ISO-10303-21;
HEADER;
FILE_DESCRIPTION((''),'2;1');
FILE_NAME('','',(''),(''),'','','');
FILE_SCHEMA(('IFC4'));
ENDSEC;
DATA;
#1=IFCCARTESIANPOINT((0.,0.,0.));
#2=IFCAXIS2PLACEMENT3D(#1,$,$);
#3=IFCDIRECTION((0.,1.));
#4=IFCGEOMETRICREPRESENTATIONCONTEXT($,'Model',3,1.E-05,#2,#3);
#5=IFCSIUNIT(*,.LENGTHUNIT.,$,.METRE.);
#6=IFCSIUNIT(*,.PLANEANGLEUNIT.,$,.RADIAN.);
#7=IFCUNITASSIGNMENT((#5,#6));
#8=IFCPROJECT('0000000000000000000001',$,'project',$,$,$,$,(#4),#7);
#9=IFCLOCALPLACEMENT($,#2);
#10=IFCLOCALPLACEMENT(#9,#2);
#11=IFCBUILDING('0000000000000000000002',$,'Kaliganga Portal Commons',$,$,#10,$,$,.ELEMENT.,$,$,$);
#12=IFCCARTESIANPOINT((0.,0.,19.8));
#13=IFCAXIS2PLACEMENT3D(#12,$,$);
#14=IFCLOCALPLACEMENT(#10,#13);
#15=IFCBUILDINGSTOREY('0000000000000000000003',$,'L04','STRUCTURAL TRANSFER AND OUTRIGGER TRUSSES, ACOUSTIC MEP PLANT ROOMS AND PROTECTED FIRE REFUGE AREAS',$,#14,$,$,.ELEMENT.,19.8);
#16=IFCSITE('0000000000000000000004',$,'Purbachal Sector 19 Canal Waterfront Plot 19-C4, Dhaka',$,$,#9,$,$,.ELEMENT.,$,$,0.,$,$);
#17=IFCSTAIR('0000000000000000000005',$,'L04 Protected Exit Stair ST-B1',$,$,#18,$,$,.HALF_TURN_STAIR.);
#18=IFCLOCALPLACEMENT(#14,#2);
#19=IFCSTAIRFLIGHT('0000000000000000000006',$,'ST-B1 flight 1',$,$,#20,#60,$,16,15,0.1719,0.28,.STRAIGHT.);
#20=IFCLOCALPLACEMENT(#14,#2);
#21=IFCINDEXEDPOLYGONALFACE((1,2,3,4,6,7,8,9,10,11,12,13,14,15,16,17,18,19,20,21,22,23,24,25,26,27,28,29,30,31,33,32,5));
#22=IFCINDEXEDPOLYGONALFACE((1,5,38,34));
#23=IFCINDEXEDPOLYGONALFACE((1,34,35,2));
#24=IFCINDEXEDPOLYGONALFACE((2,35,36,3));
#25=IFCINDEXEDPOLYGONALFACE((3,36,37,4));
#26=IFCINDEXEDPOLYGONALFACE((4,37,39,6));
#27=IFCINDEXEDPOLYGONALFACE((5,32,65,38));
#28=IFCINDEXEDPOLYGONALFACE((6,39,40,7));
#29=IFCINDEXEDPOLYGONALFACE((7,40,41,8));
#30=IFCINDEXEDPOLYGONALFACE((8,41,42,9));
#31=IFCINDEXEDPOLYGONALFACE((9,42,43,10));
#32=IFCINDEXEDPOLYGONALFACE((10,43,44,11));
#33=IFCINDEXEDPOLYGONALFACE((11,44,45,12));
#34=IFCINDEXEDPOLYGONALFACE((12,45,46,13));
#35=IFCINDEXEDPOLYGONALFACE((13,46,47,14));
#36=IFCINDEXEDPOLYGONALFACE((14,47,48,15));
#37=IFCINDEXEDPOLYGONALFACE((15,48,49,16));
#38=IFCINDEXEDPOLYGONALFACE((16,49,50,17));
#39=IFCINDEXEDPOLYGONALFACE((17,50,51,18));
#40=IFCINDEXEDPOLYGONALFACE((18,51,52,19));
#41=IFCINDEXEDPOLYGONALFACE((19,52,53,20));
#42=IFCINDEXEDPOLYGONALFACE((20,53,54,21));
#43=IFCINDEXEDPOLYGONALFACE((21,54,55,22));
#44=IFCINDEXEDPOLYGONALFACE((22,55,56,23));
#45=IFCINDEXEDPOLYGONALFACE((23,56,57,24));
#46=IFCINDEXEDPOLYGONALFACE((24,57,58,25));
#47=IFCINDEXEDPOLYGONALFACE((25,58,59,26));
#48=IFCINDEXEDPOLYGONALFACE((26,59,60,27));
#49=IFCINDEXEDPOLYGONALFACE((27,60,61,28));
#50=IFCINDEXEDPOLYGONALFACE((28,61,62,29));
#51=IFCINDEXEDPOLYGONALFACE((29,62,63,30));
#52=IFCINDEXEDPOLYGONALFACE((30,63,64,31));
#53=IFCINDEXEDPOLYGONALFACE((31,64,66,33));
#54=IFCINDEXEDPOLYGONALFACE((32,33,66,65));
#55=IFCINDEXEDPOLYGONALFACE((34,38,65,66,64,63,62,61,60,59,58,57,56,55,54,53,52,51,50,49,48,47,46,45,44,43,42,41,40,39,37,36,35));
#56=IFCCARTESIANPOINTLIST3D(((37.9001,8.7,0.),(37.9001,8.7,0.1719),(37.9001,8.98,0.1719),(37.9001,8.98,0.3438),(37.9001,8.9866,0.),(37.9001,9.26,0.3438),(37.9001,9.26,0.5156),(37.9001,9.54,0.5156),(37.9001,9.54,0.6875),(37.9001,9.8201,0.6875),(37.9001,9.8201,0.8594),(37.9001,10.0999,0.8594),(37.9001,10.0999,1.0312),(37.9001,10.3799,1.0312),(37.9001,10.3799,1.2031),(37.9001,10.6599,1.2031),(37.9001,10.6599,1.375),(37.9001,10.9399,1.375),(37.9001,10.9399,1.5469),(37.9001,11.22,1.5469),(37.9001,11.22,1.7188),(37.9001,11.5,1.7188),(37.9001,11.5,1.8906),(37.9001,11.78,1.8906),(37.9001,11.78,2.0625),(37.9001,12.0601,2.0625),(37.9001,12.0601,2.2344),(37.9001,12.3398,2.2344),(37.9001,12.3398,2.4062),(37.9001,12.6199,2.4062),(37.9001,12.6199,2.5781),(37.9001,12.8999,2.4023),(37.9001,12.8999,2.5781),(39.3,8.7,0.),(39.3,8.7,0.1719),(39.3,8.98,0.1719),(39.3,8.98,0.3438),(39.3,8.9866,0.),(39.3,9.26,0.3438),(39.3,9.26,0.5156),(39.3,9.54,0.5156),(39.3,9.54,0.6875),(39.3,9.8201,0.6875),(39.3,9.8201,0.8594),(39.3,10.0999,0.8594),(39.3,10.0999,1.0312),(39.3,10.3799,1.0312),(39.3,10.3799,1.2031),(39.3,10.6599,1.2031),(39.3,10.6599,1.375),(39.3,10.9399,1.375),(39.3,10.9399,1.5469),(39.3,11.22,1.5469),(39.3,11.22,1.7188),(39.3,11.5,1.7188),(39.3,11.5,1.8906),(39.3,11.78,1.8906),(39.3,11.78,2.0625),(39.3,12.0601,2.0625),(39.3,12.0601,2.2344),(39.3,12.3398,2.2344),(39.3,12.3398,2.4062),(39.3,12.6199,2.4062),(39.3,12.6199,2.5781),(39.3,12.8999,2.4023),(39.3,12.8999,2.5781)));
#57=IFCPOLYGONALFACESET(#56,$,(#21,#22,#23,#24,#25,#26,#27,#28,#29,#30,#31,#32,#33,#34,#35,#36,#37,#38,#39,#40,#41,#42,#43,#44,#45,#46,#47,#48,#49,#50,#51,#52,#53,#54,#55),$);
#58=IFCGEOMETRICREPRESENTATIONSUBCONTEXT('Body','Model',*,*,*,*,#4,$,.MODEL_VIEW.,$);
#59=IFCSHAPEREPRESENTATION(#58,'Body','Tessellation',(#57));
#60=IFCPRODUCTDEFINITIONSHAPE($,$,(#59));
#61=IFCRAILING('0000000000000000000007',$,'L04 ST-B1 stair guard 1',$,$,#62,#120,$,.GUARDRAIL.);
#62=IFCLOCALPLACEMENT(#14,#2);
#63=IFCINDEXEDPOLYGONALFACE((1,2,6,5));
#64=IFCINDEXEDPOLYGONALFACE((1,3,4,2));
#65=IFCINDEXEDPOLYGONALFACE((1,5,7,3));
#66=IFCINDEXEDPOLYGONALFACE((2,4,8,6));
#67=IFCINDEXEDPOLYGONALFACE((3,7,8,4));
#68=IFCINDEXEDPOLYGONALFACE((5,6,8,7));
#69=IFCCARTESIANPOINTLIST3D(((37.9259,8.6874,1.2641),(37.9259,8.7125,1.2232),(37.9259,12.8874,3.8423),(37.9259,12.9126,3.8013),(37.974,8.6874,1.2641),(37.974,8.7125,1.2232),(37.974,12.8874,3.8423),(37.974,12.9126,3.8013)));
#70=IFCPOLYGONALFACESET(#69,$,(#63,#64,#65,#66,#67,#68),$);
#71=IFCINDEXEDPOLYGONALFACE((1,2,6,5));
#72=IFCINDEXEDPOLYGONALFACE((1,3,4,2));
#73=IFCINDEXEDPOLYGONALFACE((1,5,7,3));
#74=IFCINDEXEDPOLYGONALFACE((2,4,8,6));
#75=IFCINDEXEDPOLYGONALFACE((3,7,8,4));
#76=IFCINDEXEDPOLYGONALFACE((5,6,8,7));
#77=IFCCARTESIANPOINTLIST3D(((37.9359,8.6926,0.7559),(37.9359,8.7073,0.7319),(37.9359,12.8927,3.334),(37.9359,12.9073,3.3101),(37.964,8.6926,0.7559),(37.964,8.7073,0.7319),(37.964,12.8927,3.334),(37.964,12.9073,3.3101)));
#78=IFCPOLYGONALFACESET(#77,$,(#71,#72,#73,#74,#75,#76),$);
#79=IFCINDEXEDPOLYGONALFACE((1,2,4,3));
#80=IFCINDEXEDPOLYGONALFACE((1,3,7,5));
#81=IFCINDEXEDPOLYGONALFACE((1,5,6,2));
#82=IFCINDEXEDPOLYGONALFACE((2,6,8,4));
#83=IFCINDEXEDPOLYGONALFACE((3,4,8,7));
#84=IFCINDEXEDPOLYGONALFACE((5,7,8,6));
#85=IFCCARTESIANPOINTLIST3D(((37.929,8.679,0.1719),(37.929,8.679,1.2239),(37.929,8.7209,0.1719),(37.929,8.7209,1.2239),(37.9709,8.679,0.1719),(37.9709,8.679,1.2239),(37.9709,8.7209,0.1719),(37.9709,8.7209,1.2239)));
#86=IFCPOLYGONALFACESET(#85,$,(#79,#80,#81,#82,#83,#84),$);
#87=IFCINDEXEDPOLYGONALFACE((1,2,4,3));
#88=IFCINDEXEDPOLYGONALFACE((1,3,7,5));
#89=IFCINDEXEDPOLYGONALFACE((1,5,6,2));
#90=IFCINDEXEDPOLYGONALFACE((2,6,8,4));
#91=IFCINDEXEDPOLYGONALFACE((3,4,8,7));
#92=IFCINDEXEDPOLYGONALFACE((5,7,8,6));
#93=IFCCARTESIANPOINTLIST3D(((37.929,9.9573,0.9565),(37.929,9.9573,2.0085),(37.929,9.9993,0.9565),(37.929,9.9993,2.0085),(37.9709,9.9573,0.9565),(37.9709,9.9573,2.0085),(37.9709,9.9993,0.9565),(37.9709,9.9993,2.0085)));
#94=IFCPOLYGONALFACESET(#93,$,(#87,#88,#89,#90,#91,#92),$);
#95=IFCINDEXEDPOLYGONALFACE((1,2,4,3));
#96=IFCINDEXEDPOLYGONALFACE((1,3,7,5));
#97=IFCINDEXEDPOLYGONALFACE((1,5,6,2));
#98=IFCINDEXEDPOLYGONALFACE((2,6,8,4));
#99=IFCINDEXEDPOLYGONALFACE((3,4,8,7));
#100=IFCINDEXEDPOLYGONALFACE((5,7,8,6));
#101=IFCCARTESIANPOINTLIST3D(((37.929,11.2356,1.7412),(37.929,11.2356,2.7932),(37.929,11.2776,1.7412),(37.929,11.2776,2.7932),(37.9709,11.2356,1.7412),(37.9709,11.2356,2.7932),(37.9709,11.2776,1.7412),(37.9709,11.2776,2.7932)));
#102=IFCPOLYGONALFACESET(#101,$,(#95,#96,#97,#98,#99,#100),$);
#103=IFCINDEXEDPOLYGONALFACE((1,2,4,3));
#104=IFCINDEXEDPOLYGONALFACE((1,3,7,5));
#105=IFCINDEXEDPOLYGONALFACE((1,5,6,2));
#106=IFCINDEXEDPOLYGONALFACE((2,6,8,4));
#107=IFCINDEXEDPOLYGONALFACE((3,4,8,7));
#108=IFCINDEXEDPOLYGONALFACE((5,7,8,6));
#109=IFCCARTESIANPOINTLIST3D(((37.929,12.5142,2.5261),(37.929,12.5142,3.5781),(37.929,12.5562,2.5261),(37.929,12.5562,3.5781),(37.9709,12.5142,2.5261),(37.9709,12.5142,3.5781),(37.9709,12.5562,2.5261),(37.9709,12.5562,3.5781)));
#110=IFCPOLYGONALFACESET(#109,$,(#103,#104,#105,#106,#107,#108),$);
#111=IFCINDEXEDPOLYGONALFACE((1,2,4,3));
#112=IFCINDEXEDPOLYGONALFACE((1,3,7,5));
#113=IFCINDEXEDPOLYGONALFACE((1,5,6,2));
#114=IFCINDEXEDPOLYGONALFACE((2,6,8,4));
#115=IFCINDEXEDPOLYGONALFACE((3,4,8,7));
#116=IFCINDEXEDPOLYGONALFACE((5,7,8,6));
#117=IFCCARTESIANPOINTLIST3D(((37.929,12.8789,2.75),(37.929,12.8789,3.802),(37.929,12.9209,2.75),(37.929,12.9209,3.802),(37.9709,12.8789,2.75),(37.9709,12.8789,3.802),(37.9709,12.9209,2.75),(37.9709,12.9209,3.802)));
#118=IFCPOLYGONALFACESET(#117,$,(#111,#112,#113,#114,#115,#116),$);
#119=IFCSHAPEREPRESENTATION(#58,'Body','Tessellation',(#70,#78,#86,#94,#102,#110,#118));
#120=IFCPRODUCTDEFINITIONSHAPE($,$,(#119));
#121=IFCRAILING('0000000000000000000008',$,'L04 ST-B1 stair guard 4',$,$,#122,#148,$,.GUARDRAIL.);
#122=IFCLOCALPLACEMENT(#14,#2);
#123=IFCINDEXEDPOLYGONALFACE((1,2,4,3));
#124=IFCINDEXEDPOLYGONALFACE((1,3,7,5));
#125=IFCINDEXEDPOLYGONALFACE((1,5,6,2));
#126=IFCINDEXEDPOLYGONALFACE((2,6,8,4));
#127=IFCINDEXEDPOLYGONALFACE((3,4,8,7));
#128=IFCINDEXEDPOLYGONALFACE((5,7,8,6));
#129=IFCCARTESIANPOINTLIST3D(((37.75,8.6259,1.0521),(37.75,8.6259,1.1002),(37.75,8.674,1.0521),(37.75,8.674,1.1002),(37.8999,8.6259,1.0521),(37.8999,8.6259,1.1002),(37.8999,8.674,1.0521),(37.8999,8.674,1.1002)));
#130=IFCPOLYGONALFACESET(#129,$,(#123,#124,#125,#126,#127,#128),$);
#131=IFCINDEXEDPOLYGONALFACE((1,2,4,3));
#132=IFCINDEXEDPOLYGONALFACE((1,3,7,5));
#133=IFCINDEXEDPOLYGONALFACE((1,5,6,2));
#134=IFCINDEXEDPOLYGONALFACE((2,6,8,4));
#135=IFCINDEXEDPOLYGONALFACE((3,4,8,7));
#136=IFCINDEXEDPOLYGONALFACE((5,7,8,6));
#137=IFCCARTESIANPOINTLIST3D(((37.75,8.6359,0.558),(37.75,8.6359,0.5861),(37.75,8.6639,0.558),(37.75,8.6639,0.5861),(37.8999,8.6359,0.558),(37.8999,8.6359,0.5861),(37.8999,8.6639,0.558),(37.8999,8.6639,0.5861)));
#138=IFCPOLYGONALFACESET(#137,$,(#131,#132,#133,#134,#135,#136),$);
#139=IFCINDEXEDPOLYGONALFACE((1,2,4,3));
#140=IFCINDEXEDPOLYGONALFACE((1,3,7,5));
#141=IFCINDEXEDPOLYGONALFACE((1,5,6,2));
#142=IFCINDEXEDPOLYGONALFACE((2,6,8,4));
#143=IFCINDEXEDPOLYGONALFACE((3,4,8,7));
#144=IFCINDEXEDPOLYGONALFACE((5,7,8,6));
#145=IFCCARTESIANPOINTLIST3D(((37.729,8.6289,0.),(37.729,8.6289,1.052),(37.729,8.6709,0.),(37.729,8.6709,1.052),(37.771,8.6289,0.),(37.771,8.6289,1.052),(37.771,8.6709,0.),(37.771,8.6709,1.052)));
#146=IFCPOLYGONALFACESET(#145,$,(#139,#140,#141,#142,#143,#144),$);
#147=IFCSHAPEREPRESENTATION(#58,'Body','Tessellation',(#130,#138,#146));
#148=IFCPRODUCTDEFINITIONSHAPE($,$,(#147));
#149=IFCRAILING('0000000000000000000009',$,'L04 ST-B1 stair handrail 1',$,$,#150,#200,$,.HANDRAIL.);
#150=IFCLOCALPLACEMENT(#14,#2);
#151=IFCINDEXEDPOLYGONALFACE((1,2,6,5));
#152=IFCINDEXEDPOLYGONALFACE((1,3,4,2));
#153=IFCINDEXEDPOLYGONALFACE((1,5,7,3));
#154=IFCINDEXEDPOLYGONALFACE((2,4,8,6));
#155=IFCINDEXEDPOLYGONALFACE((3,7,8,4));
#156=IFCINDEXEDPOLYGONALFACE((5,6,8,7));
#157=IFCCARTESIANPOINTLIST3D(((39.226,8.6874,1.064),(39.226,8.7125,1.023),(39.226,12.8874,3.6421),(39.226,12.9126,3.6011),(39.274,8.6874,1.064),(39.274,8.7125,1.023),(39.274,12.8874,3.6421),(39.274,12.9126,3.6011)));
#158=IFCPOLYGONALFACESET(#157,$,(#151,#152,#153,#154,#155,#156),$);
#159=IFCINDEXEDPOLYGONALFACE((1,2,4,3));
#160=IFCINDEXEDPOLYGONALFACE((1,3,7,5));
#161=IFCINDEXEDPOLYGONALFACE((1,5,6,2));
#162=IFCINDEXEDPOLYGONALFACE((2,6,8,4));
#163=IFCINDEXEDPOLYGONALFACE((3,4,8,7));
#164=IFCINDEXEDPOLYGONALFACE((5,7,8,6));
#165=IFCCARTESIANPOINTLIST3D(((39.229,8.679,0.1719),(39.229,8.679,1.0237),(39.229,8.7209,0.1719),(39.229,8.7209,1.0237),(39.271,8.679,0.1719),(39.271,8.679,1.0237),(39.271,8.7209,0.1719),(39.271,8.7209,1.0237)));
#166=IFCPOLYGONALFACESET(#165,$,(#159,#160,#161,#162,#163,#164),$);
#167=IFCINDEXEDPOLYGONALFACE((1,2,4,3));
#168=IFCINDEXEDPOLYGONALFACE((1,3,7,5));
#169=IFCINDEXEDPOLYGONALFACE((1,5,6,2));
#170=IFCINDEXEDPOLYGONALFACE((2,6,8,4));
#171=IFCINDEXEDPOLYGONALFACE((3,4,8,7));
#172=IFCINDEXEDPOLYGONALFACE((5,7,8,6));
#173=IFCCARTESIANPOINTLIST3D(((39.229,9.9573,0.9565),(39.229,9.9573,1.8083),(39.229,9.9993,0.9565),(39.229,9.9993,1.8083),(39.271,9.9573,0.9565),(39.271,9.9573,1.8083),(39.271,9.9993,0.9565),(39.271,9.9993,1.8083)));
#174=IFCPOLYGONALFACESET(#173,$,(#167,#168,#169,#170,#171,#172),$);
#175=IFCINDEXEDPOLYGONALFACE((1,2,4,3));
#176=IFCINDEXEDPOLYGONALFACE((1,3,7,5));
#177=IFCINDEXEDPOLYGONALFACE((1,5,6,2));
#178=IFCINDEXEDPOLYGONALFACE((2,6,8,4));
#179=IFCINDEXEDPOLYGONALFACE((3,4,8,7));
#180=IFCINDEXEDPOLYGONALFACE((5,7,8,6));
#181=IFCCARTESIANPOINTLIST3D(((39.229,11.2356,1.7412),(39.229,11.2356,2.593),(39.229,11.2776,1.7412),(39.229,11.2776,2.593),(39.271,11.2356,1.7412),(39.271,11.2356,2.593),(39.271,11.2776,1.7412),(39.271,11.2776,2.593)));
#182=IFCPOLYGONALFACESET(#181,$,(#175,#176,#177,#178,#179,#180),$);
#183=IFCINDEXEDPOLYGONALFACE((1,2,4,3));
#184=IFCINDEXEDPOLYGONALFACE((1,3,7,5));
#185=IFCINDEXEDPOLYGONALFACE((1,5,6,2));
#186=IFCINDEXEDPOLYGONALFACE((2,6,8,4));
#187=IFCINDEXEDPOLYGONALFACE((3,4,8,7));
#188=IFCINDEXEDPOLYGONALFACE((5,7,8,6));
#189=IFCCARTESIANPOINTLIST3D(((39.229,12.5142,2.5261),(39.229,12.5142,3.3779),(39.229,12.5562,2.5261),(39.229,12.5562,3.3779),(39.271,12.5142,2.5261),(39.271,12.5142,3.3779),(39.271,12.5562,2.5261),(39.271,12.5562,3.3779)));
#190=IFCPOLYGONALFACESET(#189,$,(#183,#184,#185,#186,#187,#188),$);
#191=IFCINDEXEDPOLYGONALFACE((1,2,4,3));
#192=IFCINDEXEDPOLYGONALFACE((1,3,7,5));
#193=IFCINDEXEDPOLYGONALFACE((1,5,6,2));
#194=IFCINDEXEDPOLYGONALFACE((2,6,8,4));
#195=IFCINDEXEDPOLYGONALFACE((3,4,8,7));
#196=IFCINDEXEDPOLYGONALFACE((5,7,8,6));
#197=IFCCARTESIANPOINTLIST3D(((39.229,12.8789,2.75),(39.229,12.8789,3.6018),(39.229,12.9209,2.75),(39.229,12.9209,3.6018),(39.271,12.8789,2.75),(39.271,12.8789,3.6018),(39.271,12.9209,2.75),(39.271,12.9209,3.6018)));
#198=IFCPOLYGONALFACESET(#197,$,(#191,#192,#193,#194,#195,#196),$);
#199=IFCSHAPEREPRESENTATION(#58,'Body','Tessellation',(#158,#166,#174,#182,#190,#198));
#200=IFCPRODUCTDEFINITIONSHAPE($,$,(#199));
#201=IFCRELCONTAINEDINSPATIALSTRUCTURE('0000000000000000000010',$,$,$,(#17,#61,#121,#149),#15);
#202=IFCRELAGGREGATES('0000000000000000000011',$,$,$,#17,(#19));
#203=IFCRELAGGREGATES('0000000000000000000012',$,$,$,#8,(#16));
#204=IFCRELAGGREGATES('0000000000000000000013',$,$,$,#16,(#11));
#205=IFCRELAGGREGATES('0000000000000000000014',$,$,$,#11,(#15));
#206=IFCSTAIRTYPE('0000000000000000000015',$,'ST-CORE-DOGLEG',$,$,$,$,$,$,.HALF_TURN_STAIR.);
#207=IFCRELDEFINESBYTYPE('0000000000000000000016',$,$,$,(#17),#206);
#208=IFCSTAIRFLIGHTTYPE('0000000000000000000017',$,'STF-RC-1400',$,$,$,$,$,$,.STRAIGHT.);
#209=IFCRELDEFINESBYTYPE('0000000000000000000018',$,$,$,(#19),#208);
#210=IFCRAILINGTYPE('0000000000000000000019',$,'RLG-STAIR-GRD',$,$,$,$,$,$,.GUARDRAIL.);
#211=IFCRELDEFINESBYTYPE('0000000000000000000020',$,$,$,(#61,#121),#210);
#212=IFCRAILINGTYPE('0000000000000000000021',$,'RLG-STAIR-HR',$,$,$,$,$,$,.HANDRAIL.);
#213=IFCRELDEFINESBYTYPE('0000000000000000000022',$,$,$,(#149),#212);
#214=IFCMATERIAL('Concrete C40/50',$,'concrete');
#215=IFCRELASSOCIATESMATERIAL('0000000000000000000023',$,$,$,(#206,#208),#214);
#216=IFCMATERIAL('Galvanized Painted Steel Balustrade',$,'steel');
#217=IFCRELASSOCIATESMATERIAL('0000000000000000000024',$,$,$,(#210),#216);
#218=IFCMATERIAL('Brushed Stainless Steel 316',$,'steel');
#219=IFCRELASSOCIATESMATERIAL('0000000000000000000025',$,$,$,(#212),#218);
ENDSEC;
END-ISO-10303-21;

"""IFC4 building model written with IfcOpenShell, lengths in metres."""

from ifc_helpers import new_model, si_unit, direction, frame, origin, origin_2d, place, context, subcontext, project, spatial, polyline, rectangle, outline, extrude, material, type_object, element, aggregate, save


model = new_model("IFC4")

# Units and contexts
model_context = context("Model", 3, precision=1e-05, world=origin(), true_north=direction((0.0, 1.0)))
body_context = subcontext(model_context, "Body", "Model", "MODEL_VIEW")
ifc_project = project(units=[si_unit("LENGTHUNIT", "METRE"), si_unit("PLANEANGLEUNIT", "RADIAN")], contexts=[model_context])

# Site, building, storey
site_placement = place(None, origin())
site = spatial("IfcSite", under=ifc_project, at=site_placement, Name="Purbachal Sector 19 Canal Waterfront Plot 19-C4, Dhaka", CompositionType="ELEMENT", RefElevation=0.0)
building_placement = place(site_placement, origin())
building = spatial("IfcBuilding", under=site, at=building_placement, Name="Kaliganga Portal Commons", CompositionType="ELEMENT")
storey_placement = place(building_placement, frame((0.0, 0.0, 19.8)))
storey = spatial("IfcBuildingStorey", under=building, at=storey_placement, Name="L04", Description="STRUCTURAL TRANSFER AND OUTRIGGER TRUSSES, ACOUSTIC MEP PLANT ROOMS AND PROTECTED FIRE REFUGE AREAS", CompositionType="ELEMENT", Elevation=19.8)

# Stair, stair flight
ifc_material_1 = material(Name="Concrete C40/50", Category="concrete")
stair_type = type_object("IfcStairType", Name="ST-CORE-DOGLEG", PredefinedType="HALF_TURN_STAIR", material=ifc_material_1)
stair_placement = place(storey_placement, origin())
stair = element("IfcStair", 1, at=stair_placement, inside=storey, type_object=stair_type, Name="L04 Protected Exit Stair ST-B1", PredefinedType="HALF_TURN_STAIR")
stair_flight_type = type_object("IfcStairFlightType", Name="STF-RC-1400", PredefinedType="STRAIGHT", material=ifc_material_1)
stair_flight_placement = place(storey_placement, frame((38.6001, 8.7, 0.0), z_axis=(0.0, 0.0, 1.0), x_axis=(0.0, 1.0, 0.0)))
stair_flight = element("IfcStairFlight", 2, at=stair_flight_placement, type_object=stair_flight_type, Name="ST-B1 flight 1", NumberOfRisers=16, NumberOfTreads=15, PredefinedType="STRAIGHT", RiserHeight=0.1719, TreadLength=0.28, context=body_context, shape_type="SweptSolid", body=[
    extrude(outline(polyline([(0.0, 0.0), (0.0, 0.1719), (0.28, 0.1719), (0.28, 0.3438), (0.5601, 0.3438), (0.5601, 0.5156), (0.8401, 0.5156), (0.8401, 0.6875), (1.1201, 0.6875), (1.1201, 0.8594), (1.3999, 0.8594), (1.3999, 1.0312), (1.6799, 1.0312), (1.6799, 1.2031), (1.96, 1.2031), (1.96, 1.375), (2.24, 1.375), (2.24, 1.5469), (2.52, 1.5469), (2.52, 1.7188), (2.8, 1.7188), (2.8, 1.8906), (3.0801, 1.8906), (3.0801, 2.0625), (3.3601, 2.0625), (3.3601, 2.2344), (3.6399, 2.2344), (3.6399, 2.4062), (3.9199, 2.4062), (3.9199, 2.5781), (4.2, 2.5781), (4.2, 2.75), (4.2, 2.4023), (0.2866, 0.0), (0.0, 0.0)])), frame((0.0, 0.7, 0.0), z_axis=(0.0, -1.0, 0.0), x_axis=(1.0, 0.0, 0.0)), (0.0, 0.0, 1.0), 1.3999),
])
aggregate(stair, [stair_flight])

# Railings
ifc_material_2 = material(Name="Galvanized Painted Steel Balustrade", Category="steel")
railing_type_1 = type_object("IfcRailingType", Name="RLG-STAIR-GRD", PredefinedType="GUARDRAIL", material=ifc_material_2)
railing_1_placement = place(storey_placement, frame((37.95, 8.7, 0.1719)))
element("IfcRailing", 3, at=railing_1_placement, inside=storey, type_object=railing_type_1, Name="L04 ST-B1 stair guard 1", PredefinedType="GUARDRAIL", context=body_context, shape_type="SweptSolid", body=[
    extrude(rectangle(XDim=0.0481, YDim=0.0481, at=origin_2d()), frame((0.0, 0.0, 1.0718), z_axis=(0.0, 0.852243, 0.523146), x_axis=(-1.0, 0.0, 0.0)), (0.0, 0.0, 1.0), 4.9282),
    extrude(rectangle(XDim=0.0281, YDim=0.0281, at=origin_2d()), frame((0.0, 0.0, 0.572), z_axis=(0.0, 0.852243, 0.523146), x_axis=(-1.0, 0.0, 0.0)), (0.0, 0.0, 1.0), 4.9282),
    extrude(rectangle(XDim=0.042, YDim=0.042, at=origin_2d()), origin(), (0.0, 0.0, 1.0), 1.052),
    extrude(rectangle(XDim=0.042, YDim=0.042, at=origin_2d()), frame((0.0, 1.2783, 0.7847)), (0.0, 0.0, 1.0), 1.052),
    extrude(rectangle(XDim=0.042, YDim=0.042, at=origin_2d()), frame((0.0, 2.5566, 1.5693)), (0.0, 0.0, 1.0), 1.052),
    extrude(rectangle(XDim=0.042, YDim=0.042, at=origin_2d()), frame((0.0, 3.8352, 2.3542)), (0.0, 0.0, 1.0), 1.052),
    extrude(rectangle(XDim=0.042, YDim=0.042, at=origin_2d()), frame((0.0, 4.2, 2.5781)), (0.0, 0.0, 1.0), 1.052),
])
railing_2_placement = place(storey_placement, frame((37.8999, 8.6499, 0.0)))
element("IfcRailing", 4, at=railing_2_placement, inside=storey, type_object=railing_type_1, Name="L04 ST-B1 stair guard 4", PredefinedType="GUARDRAIL", context=body_context, shape_type="SweptSolid", body=[
    extrude(rectangle(XDim=0.0481, YDim=0.0481, at=origin_2d()), frame((0.0, 0.0, 1.0762), z_axis=(-1.0, 0.0, 0.0), x_axis=(0.0, -1.0, 0.0)), (0.0, 0.0, 1.0), 0.1499),
    extrude(rectangle(XDim=0.0281, YDim=0.0281, at=origin_2d()), frame((0.0, 0.0, 0.572), z_axis=(-1.0, 0.0, 0.0), x_axis=(0.0, -1.0, 0.0)), (0.0, 0.0, 1.0), 0.1499),
    extrude(rectangle(XDim=0.042, YDim=0.042, at=origin_2d()), frame((-0.1499, 0.0, 0.0)), (0.0, 0.0, 1.0), 1.052),
])
ifc_material_3 = material(Name="Brushed Stainless Steel 316", Category="steel")
railing_type_2 = type_object("IfcRailingType", Name="RLG-STAIR-HR", PredefinedType="HANDRAIL", material=ifc_material_3)
railing_3_placement = place(storey_placement, frame((39.25, 8.7, 0.1719)))
element("IfcRailing", 5, at=railing_3_placement, inside=storey, type_object=railing_type_2, Name="L04 ST-B1 stair handrail 1", PredefinedType="HANDRAIL", context=body_context, shape_type="SweptSolid", body=[
    extrude(rectangle(XDim=0.0481, YDim=0.0481, at=origin_2d()), frame((0.0, 0.0, 0.8716), z_axis=(0.0, 0.852243, 0.523146), x_axis=(-1.0, 0.0, 0.0)), (0.0, 0.0, 1.0), 4.9282),
    extrude(rectangle(XDim=0.042, YDim=0.042, at=origin_2d()), origin(), (0.0, 0.0, 1.0), 0.8518),
    extrude(rectangle(XDim=0.042, YDim=0.042, at=origin_2d()), frame((0.0, 1.2783, 0.7847)), (0.0, 0.0, 1.0), 0.8518),
    extrude(rectangle(XDim=0.042, YDim=0.042, at=origin_2d()), frame((0.0, 2.5566, 1.5693)), (0.0, 0.0, 1.0), 0.8518),
    extrude(rectangle(XDim=0.042, YDim=0.042, at=origin_2d()), frame((0.0, 3.8352, 2.3542)), (0.0, 0.0, 1.0), 0.8518),
    extrude(rectangle(XDim=0.042, YDim=0.042, at=origin_2d()), frame((0.0, 4.2, 2.5781)), (0.0, 0.0, 1.0), 0.8518),
])

save(model, "model.ifc")
